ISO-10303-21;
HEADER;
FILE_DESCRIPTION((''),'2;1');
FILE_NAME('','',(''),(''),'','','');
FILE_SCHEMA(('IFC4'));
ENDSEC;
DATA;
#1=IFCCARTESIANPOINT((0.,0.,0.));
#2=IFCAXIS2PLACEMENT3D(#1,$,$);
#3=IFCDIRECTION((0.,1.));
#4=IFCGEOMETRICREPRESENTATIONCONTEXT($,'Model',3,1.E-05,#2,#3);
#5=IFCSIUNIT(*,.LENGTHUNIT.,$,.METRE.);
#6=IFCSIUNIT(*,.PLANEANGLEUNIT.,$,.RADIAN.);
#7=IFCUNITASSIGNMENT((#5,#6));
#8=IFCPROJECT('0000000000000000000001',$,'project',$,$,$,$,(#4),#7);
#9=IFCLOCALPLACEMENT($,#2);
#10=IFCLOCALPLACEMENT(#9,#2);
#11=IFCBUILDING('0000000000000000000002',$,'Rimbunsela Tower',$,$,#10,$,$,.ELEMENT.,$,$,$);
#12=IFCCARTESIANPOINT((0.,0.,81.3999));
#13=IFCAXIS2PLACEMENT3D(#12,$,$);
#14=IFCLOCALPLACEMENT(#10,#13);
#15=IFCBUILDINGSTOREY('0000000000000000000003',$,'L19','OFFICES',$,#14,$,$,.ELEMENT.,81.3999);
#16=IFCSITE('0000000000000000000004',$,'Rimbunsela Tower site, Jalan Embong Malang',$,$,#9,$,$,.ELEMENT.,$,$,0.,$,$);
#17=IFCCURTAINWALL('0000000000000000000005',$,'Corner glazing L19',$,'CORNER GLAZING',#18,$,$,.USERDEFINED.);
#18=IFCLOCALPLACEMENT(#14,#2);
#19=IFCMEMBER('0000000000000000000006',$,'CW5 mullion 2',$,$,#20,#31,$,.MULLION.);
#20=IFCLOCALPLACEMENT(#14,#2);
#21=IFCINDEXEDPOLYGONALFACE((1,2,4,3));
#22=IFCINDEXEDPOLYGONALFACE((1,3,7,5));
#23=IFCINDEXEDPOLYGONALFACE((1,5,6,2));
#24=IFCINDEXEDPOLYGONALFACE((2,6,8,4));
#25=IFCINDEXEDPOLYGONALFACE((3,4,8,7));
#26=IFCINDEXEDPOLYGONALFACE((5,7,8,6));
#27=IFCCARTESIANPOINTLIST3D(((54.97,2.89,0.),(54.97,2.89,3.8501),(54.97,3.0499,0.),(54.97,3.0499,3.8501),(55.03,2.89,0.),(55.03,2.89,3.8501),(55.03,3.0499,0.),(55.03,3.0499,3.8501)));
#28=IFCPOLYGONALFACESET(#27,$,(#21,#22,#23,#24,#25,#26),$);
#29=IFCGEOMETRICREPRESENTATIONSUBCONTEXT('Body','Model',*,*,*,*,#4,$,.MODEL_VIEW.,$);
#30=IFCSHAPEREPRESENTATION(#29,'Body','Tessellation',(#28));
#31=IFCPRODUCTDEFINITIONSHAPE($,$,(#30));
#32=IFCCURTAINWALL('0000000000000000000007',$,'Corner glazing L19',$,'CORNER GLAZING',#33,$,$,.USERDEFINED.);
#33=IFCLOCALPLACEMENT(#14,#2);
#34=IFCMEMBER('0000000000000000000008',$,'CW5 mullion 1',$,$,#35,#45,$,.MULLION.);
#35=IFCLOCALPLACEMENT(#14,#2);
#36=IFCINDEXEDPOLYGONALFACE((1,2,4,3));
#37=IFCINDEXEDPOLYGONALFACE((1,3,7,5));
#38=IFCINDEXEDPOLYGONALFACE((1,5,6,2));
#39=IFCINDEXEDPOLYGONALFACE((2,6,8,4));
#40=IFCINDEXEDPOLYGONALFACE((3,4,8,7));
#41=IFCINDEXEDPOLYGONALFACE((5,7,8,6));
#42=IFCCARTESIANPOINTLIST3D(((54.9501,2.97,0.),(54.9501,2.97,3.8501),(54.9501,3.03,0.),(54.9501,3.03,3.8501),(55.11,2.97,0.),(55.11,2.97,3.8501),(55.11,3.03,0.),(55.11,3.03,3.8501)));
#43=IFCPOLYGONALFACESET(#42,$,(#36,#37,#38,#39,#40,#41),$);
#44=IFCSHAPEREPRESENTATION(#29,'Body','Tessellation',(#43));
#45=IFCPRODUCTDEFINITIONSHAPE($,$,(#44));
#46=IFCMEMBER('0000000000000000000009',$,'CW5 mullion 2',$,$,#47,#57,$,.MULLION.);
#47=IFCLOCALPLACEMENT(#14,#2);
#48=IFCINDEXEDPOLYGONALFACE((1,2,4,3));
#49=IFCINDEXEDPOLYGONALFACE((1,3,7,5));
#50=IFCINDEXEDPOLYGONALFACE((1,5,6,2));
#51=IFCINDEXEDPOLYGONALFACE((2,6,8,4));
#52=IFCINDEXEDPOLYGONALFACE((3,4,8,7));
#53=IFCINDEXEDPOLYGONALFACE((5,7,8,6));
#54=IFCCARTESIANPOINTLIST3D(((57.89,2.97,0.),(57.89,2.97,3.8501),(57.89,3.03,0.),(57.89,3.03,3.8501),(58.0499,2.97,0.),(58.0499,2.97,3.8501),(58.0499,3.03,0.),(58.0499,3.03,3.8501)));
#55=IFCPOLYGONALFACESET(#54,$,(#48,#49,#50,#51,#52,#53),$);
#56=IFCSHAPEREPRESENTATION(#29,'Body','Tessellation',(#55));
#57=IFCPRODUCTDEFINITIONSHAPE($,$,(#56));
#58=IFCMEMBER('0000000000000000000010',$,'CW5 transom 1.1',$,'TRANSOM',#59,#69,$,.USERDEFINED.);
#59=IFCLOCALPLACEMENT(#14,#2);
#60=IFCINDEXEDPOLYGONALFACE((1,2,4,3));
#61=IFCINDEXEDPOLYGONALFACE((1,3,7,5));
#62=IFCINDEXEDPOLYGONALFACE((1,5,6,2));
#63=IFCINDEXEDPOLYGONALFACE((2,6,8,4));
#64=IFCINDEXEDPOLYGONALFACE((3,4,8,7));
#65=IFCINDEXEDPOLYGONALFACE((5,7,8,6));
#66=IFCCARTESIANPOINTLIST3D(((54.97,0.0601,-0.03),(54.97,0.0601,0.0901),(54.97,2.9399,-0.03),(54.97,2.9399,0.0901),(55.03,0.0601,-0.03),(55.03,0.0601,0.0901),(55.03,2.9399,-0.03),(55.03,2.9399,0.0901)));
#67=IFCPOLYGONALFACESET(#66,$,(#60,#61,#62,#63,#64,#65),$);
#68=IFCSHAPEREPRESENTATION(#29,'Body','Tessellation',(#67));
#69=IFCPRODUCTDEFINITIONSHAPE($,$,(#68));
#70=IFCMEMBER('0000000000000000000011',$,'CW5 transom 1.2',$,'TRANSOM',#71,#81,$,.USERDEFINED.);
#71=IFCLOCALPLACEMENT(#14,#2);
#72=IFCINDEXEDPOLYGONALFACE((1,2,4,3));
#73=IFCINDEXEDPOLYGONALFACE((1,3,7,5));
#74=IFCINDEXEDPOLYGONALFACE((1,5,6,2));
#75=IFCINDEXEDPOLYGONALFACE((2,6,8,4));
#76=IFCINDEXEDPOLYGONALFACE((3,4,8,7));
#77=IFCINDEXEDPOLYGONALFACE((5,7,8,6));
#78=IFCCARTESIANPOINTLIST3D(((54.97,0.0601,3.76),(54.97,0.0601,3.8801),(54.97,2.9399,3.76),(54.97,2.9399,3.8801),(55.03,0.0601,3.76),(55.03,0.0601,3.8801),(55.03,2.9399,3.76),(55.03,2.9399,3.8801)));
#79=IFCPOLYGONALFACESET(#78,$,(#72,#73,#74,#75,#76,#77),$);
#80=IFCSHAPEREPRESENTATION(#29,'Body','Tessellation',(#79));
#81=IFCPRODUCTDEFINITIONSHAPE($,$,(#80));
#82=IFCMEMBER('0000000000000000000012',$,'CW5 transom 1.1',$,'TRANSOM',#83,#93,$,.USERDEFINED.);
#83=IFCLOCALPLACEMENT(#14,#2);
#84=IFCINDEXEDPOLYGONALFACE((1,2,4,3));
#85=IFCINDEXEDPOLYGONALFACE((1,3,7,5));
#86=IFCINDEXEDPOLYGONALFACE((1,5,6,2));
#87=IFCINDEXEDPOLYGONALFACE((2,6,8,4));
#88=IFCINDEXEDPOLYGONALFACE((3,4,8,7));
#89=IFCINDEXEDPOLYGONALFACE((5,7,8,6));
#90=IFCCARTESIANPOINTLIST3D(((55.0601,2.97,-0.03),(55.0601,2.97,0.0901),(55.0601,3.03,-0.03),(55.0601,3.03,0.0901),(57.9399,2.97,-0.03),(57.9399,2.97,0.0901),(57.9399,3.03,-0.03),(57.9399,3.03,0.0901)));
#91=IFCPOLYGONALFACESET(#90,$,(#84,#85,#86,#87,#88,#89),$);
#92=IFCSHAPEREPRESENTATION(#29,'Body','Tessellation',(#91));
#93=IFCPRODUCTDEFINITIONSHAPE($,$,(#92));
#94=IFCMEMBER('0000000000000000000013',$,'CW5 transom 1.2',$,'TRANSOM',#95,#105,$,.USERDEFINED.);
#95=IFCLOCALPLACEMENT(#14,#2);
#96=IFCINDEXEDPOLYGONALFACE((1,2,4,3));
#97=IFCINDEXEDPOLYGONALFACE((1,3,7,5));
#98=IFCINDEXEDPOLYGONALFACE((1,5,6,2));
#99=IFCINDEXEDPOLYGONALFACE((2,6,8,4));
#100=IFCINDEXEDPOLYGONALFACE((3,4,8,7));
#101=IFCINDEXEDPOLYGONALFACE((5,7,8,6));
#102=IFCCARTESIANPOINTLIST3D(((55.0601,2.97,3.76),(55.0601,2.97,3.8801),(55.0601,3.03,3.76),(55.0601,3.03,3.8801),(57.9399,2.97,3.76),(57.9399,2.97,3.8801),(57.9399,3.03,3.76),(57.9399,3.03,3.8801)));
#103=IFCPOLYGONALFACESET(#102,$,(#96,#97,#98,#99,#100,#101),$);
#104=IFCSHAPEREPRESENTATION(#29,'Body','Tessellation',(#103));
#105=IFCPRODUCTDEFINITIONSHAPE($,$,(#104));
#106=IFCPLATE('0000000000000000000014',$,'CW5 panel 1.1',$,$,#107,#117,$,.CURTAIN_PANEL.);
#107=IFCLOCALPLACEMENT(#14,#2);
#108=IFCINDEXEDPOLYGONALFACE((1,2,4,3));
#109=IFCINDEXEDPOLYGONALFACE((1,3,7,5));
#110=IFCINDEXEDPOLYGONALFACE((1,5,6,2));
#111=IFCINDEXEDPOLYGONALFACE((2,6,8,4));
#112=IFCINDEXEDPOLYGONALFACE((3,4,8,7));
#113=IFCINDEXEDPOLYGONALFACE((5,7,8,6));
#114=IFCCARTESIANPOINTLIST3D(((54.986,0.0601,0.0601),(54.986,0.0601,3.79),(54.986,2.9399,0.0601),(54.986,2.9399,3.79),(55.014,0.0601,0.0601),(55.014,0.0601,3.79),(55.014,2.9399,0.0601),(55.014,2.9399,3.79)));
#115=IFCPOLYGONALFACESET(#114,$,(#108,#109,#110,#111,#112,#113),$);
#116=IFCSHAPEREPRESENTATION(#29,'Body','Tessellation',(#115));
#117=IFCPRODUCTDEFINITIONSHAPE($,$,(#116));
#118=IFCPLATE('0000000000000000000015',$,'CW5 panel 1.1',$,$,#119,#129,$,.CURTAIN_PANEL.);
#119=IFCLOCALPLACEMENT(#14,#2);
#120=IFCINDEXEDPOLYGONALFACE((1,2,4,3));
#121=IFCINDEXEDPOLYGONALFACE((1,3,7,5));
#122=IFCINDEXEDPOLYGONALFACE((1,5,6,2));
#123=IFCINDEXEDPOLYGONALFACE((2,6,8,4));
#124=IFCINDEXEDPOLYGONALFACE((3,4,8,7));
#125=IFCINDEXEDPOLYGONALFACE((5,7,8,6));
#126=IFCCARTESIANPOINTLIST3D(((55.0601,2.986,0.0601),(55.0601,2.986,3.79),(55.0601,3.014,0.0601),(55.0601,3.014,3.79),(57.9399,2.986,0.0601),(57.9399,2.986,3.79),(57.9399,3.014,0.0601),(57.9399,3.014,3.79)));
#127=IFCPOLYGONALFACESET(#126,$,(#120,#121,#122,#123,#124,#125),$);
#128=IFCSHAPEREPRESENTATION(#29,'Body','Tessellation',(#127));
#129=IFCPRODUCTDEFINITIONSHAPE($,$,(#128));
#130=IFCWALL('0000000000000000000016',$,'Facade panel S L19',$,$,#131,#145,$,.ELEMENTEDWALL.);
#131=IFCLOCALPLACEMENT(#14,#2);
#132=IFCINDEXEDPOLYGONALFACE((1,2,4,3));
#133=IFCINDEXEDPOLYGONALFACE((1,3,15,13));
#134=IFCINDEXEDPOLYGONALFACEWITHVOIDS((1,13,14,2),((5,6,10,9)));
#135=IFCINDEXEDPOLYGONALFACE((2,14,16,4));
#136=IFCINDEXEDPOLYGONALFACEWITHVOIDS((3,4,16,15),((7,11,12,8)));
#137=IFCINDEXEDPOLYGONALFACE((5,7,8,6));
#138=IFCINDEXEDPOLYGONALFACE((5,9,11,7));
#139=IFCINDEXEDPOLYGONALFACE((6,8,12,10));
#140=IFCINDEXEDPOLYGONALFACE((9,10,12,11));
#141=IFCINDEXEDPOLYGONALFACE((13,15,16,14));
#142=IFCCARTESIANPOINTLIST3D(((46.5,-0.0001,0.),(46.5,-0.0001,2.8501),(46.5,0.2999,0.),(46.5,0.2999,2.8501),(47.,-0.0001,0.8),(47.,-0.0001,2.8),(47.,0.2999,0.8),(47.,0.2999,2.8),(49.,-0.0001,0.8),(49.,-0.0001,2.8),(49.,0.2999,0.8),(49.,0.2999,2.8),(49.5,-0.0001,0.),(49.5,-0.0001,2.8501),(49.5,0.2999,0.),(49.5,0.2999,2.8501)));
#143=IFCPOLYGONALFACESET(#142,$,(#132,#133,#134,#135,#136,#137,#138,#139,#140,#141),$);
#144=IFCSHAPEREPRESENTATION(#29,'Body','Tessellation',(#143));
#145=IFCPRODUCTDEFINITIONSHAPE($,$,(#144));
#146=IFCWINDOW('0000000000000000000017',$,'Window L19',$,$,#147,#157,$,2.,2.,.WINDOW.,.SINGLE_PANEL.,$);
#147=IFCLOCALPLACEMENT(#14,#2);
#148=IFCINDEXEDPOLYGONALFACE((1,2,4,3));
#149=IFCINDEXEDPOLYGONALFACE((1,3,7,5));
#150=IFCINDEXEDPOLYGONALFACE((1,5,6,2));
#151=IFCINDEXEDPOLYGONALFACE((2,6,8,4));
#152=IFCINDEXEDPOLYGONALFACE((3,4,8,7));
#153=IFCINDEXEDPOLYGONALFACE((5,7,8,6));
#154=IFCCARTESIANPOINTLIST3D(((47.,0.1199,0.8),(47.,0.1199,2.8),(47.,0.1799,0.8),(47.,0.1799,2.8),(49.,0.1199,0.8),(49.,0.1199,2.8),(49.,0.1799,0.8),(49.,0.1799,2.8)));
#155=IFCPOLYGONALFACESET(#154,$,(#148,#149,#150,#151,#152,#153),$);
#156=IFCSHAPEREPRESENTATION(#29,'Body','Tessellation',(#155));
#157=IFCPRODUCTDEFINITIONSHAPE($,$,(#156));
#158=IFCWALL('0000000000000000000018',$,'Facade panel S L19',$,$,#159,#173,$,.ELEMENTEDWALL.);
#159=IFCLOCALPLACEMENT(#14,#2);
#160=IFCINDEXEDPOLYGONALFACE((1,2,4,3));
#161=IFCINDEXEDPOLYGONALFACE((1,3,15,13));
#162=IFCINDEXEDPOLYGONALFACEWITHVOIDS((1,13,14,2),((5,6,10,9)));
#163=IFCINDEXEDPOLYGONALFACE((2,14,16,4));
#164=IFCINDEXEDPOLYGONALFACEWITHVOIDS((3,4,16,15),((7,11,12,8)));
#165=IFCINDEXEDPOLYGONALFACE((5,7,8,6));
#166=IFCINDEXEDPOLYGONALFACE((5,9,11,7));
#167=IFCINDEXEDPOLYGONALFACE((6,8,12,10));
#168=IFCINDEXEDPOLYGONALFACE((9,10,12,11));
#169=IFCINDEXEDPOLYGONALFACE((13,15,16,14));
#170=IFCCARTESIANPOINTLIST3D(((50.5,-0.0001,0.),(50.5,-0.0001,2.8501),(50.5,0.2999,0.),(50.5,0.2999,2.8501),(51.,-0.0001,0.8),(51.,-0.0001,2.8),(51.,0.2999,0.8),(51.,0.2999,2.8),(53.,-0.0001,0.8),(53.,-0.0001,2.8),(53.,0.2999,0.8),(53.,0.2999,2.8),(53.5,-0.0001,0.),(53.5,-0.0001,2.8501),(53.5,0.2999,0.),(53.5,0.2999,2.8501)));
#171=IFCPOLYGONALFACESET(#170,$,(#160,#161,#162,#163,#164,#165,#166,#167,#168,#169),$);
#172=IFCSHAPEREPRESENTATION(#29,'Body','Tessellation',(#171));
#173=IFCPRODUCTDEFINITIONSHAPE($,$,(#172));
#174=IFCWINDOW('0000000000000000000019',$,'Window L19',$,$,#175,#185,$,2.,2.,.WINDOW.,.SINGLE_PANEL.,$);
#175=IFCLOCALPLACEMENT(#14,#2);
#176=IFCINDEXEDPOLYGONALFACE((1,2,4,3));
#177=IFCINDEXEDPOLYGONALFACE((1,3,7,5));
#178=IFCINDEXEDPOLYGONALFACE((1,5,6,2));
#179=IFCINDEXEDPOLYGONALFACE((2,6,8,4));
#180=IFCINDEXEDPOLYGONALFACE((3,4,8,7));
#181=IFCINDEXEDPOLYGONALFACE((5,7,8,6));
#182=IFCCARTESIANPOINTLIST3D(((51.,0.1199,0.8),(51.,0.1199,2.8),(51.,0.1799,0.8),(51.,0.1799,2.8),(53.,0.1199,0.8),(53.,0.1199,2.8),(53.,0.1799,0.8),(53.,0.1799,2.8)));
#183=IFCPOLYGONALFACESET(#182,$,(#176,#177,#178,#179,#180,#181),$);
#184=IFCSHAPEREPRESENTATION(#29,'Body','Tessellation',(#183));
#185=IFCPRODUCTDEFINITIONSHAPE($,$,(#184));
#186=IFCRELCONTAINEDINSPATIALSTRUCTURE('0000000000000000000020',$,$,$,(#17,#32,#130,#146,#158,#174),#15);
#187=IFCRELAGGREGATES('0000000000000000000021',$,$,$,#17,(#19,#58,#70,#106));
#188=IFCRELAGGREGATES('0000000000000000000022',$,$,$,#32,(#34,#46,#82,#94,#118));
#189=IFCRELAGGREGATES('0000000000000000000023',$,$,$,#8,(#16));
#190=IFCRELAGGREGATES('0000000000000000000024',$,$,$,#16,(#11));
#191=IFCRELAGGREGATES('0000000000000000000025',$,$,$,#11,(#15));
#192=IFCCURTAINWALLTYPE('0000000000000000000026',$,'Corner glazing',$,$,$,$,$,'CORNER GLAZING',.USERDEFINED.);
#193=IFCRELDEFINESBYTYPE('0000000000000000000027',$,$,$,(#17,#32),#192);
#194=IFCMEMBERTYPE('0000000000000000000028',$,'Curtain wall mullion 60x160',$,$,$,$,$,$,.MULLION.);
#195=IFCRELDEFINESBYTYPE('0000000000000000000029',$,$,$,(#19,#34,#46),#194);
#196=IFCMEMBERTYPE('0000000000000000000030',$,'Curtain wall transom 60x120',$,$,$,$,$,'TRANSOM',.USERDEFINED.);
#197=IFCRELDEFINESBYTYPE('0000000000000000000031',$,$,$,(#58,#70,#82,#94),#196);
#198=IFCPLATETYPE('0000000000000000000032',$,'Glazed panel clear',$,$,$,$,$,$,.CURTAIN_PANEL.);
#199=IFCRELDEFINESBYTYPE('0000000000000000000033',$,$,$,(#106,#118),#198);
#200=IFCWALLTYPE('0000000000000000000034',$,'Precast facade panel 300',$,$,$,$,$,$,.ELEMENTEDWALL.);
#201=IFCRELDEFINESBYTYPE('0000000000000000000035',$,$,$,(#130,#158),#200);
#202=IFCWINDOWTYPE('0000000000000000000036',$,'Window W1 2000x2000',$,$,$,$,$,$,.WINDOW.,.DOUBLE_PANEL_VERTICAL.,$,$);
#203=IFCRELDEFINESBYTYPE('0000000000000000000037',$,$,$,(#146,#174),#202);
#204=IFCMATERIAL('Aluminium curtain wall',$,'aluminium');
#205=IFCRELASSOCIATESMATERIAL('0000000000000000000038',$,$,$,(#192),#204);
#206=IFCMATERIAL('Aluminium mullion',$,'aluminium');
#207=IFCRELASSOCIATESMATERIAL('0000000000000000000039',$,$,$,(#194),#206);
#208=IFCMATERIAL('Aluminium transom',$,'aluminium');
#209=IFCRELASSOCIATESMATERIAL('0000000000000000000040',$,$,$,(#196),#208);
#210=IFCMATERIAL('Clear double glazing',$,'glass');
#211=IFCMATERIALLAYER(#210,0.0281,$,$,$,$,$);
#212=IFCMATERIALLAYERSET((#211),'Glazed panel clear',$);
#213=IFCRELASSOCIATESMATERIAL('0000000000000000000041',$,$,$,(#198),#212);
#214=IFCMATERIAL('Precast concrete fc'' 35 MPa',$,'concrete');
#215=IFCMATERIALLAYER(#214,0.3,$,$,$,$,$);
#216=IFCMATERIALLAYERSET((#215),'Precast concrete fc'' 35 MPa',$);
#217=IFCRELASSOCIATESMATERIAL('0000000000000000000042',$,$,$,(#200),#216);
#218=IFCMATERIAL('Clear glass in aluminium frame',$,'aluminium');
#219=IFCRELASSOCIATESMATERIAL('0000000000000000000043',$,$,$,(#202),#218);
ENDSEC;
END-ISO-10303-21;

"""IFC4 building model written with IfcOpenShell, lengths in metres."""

from ifc_helpers import new_model, si_unit, direction, frame, frame_2d, origin, origin_2d, place, context, subcontext, project, spatial, rectangle, extrude, material, layer, layer_set, material_profile, profile_set, type_object, element, fill, aggregate, save


model = new_model("IFC4")

# Units and contexts
model_context = context("Model", 3, precision=1e-05, world=origin(), true_north=direction((0.0, 1.0)))
body_context = subcontext(model_context, "Body", "Model", "MODEL_VIEW")
ifc_project = project(units=[si_unit("LENGTHUNIT", "METRE"), si_unit("PLANEANGLEUNIT", "RADIAN")], contexts=[model_context])

# Site, building, storey
site_placement = place(None, origin())
site = spatial("IfcSite", under=ifc_project, at=site_placement, Name="Rimbunsela Tower site, Jalan Embong Malang", CompositionType="ELEMENT", RefElevation=0.0)
building_placement = place(site_placement, origin())
building = spatial("IfcBuilding", under=site, at=building_placement, Name="Rimbunsela Tower", CompositionType="ELEMENT")
storey_placement = place(building_placement, frame((0.0, 0.0, 81.3999)))
storey = spatial("IfcBuildingStorey", under=building, at=storey_placement, Name="L19", Description="OFFICES", CompositionType="ELEMENT", Elevation=81.3999)

# Curtain walls, members
ifc_material_1 = material(Name="Aluminium curtain wall", Category="aluminium")
curtain_wall_type = type_object("IfcCurtainWallType", Name="Corner glazing", ElementType="CORNER GLAZING", PredefinedType="USERDEFINED", material=ifc_material_1)
curtain_wall_1_placement = place(storey_placement, origin())
curtain_wall_1 = element("IfcCurtainWall", 1, at=curtain_wall_1_placement, inside=storey, type_object=curtain_wall_type, Name="Corner glazing L19", ObjectType="CORNER GLAZING", PredefinedType="USERDEFINED")
ifc_material_2 = material(Name="Aluminium mullion", Category="aluminium")
ifc_material_profile_1 = material_profile(ifc_material_2, rectangle(XDim=0.0601, YDim=0.1599, at=origin_2d()), Name="Mullion 60x160")
ifc_profile_set_1 = profile_set([ifc_material_profile_1], Name="Aluminium mullion")
member_type_1 = type_object("IfcMemberType", Name="Curtain wall mullion 60x160", PredefinedType="MULLION", material=ifc_profile_set_1)
member_1_placement = place(storey_placement, frame((55.0, 2.97, 0.0), z_axis=(0.0, 0.0, 1.0), x_axis=(-1.0, 0.0, 0.0)))
member_1 = element("IfcMember", 2, at=member_1_placement, type_object=member_type_1, Name="CW5 mullion 2", PredefinedType="MULLION", context=body_context, shape_type="SweptSolid", body=[
    extrude(rectangle(XDim=0.0601, YDim=0.1599, at=origin_2d()), origin(), (0.0, 0.0, 1.0), 3.8501),
])
curtain_wall_2_placement = place(storey_placement, origin())
curtain_wall_2 = element("IfcCurtainWall", 3, at=curtain_wall_2_placement, inside=storey, type_object=curtain_wall_type, Name="Corner glazing L19", ObjectType="CORNER GLAZING", PredefinedType="USERDEFINED")
member_2_placement = place(storey_placement, frame((55.03, 3.0, 0.0), z_axis=(0.0, 0.0, 1.0), x_axis=(0.0, 1.0, 0.0)))
member_2 = element("IfcMember", 4, at=member_2_placement, type_object=member_type_1, Name="CW5 mullion 1", PredefinedType="MULLION", context=body_context, shape_type="SweptSolid", body=[
    extrude(rectangle(XDim=0.0601, YDim=0.1599, at=origin_2d()), origin(), (0.0, 0.0, 1.0), 3.8501),
])
member_3_placement = place(storey_placement, frame((57.97, 3.0, 0.0), z_axis=(0.0, 0.0, 1.0), x_axis=(0.0, 1.0, 0.0)))
member_3 = element("IfcMember", 5, at=member_3_placement, type_object=member_type_1, Name="CW5 mullion 2", PredefinedType="MULLION", context=body_context, shape_type="SweptSolid", body=[
    extrude(rectangle(XDim=0.0601, YDim=0.1599, at=origin_2d()), origin(), (0.0, 0.0, 1.0), 3.8501),
])

# Members
ifc_material_3 = material(Name="Aluminium transom", Category="aluminium")
ifc_material_profile_2 = material_profile(ifc_material_3, rectangle(XDim=0.0601, YDim=0.1201, at=origin_2d()), Name="Transom 60x120")
ifc_profile_set_2 = profile_set([ifc_material_profile_2], Name="Aluminium transom")
member_type_2 = type_object("IfcMemberType", Name="Curtain wall transom 60x120", ElementType="TRANSOM", PredefinedType="USERDEFINED", material=ifc_profile_set_2)
member_4_placement = place(storey_placement, frame((55.0, 0.0601, 0.03), z_axis=(0.0, 1.0, 0.0), x_axis=(-1.0, 0.0, 0.0)))
member_4 = element("IfcMember", 6, at=member_4_placement, type_object=member_type_2, Name="CW5 transom 1.1", ObjectType="TRANSOM", PredefinedType="USERDEFINED", context=body_context, shape_type="SweptSolid", body=[
    extrude(rectangle(XDim=0.0601, YDim=0.1201, at=origin_2d()), origin(), (0.0, 0.0, 1.0), 2.8799),
])
member_5_placement = place(storey_placement, frame((55.0, 0.0601, 3.8201), z_axis=(0.0, 1.0, 0.0), x_axis=(-1.0, 0.0, 0.0)))
member_5 = element("IfcMember", 7, at=member_5_placement, type_object=member_type_2, Name="CW5 transom 1.2", ObjectType="TRANSOM", PredefinedType="USERDEFINED", context=body_context, shape_type="SweptSolid", body=[
    extrude(rectangle(XDim=0.0601, YDim=0.1201, at=origin_2d()), origin(), (0.0, 0.0, 1.0), 2.8799),
])
member_6_placement = place(storey_placement, frame((55.0601, 3.0, 0.03), z_axis=(1.0, 0.0, 0.0), x_axis=(0.0, 1.0, 0.0)))
member_6 = element("IfcMember", 8, at=member_6_placement, type_object=member_type_2, Name="CW5 transom 1.1", ObjectType="TRANSOM", PredefinedType="USERDEFINED", context=body_context, shape_type="SweptSolid", body=[
    extrude(rectangle(XDim=0.0601, YDim=0.1201, at=origin_2d()), origin(), (0.0, 0.0, 1.0), 2.8799),
])
member_7_placement = place(storey_placement, frame((55.0601, 3.0, 3.8201), z_axis=(1.0, 0.0, 0.0), x_axis=(0.0, 1.0, 0.0)))
member_7 = element("IfcMember", 9, at=member_7_placement, type_object=member_type_2, Name="CW5 transom 1.2", ObjectType="TRANSOM", PredefinedType="USERDEFINED", context=body_context, shape_type="SweptSolid", body=[
    extrude(rectangle(XDim=0.0601, YDim=0.1201, at=origin_2d()), origin(), (0.0, 0.0, 1.0), 2.8799),
])

# Plates
ifc_material_4 = material(Name="Clear double glazing", Category="glass")
ifc_layer_1 = layer(ifc_material_4, 0.0281)
ifc_layer_set_1 = layer_set([ifc_layer_1], Name="Glazed panel clear")
plate_type = type_object("IfcPlateType", Name="Glazed panel clear", PredefinedType="CURTAIN_PANEL", material=ifc_layer_set_1)
plate_1_placement = place(storey_placement, frame((55.0, 1.5, 0.0601), z_axis=(0.0, 0.0, 1.0), x_axis=(0.0, 1.0, 0.0)))
plate_1 = element("IfcPlate", 10, at=plate_1_placement, type_object=plate_type, Name="CW5 panel 1.1", PredefinedType="CURTAIN_PANEL", context=body_context, shape_type="SweptSolid", body=[
    extrude(rectangle(XDim=2.8799, YDim=0.0281, at=origin_2d()), origin(), (0.0, 0.0, 1.0), 3.73),
])
aggregate(curtain_wall_1, [member_1, member_4, member_5, plate_1])
plate_2_placement = place(storey_placement, frame((56.5, 3.0, 0.0601), z_axis=(0.0, 0.0, 1.0), x_axis=(1.0, 0.0, 0.0)))
plate_2 = element("IfcPlate", 11, at=plate_2_placement, type_object=plate_type, Name="CW5 panel 1.1", PredefinedType="CURTAIN_PANEL", context=body_context, shape_type="SweptSolid", body=[
    extrude(rectangle(XDim=2.8799, YDim=0.0281, at=origin_2d()), origin(), (0.0, 0.0, 1.0), 3.73),
])
aggregate(curtain_wall_2, [member_2, member_3, member_6, member_7, plate_2])

# Walls, openings, windows
ifc_material_5 = material(Name="Precast concrete fc' 35 MPa", Category="concrete")
ifc_layer_2 = layer(ifc_material_5, 0.3)
ifc_layer_set_2 = layer_set([ifc_layer_2], Name="Precast concrete fc' 35 MPa")
wall_type = type_object("IfcWallType", Name="Precast facade panel 300", PredefinedType="ELEMENTEDWALL", material=ifc_layer_set_2)
wall_1_placement = place(storey_placement, frame((46.5, 0.1499, 0.0), z_axis=(0.0, 0.0, 1.0), x_axis=(1.0, 0.0, 0.0)))
wall_1 = element("IfcWall", 12, at=wall_1_placement, inside=storey, type_object=wall_type, Name="Facade panel S L19", PredefinedType="ELEMENTEDWALL", context=body_context, shape_type="SweptSolid", body=[
    extrude(rectangle(XDim=3.0, YDim=0.3, at=frame_2d((1.5, 0.0))), origin(), (0.0, 0.0, 1.0), 2.8501),
])
opening_1_placement = place(wall_1_placement, frame((0.5, 0.0, 0.8)))
opening_1 = element("IfcOpeningElement", 13, at=opening_1_placement, cuts=wall_1, PredefinedType="OPENING", context=body_context, shape_type="SweptSolid", body=[
    extrude(rectangle(XDim=2.0, YDim=2.0, at=frame_2d((1.0, 1.0))), frame((0.0, 0.1599, 0.0), z_axis=(0.0, -1.0, 0.0), x_axis=(1.0, 0.0, 0.0)), (0.0, 0.0, 1.0), 0.3201),
])
ifc_material_6 = material(Name="Clear glass in aluminium frame", Category="aluminium")
window_type = type_object("IfcWindowType", Name="Window W1 2000x2000", PartitioningType="DOUBLE_PANEL_VERTICAL", PredefinedType="WINDOW", material=ifc_material_6)
window_1_placement = place(opening_1_placement, origin())
window_1 = element("IfcWindow", 14, at=window_1_placement, inside=storey, type_object=window_type, Name="Window L19", OverallHeight=2.0, OverallWidth=2.0, PartitioningType="SINGLE_PANEL", PredefinedType="WINDOW", context=body_context, shape_type="SweptSolid", body=[
    extrude(rectangle(XDim=2.0, YDim=2.0, at=frame_2d((1.0, 1.0))), frame((0.0, 0.03, 0.0), z_axis=(0.0, -1.0, 0.0), x_axis=(1.0, 0.0, 0.0)), (0.0, 0.0, 1.0), 0.0601),
])
fill(opening_1, window_1)
wall_2_placement = place(storey_placement, frame((50.5, 0.1499, 0.0), z_axis=(0.0, 0.0, 1.0), x_axis=(1.0, 0.0, 0.0)))
wall_2 = element("IfcWall", 15, at=wall_2_placement, inside=storey, type_object=wall_type, Name="Facade panel S L19", PredefinedType="ELEMENTEDWALL", context=body_context, shape_type="SweptSolid", body=[
    extrude(rectangle(XDim=3.0, YDim=0.3, at=frame_2d((1.5, 0.0))), origin(), (0.0, 0.0, 1.0), 2.8501),
])
opening_2_placement = place(wall_2_placement, frame((0.5, 0.0, 0.8)))
opening_2 = element("IfcOpeningElement", 16, at=opening_2_placement, cuts=wall_2, PredefinedType="OPENING", context=body_context, shape_type="SweptSolid", body=[
    extrude(rectangle(XDim=2.0, YDim=2.0, at=frame_2d((1.0, 1.0))), frame((0.0, 0.1599, 0.0), z_axis=(0.0, -1.0, 0.0), x_axis=(1.0, 0.0, 0.0)), (0.0, 0.0, 1.0), 0.3201),
])
window_2_placement = place(opening_2_placement, origin())
window_2 = element("IfcWindow", 17, at=window_2_placement, inside=storey, type_object=window_type, Name="Window L19", OverallHeight=2.0, OverallWidth=2.0, PartitioningType="SINGLE_PANEL", PredefinedType="WINDOW", context=body_context, shape_type="SweptSolid", body=[
    extrude(rectangle(XDim=2.0, YDim=2.0, at=frame_2d((1.0, 1.0))), frame((0.0, 0.03, 0.0), z_axis=(0.0, -1.0, 0.0), x_axis=(1.0, 0.0, 0.0)), (0.0, 0.0, 1.0), 0.0601),
])
fill(opening_2, window_2)

save(model, "model.ifc")
